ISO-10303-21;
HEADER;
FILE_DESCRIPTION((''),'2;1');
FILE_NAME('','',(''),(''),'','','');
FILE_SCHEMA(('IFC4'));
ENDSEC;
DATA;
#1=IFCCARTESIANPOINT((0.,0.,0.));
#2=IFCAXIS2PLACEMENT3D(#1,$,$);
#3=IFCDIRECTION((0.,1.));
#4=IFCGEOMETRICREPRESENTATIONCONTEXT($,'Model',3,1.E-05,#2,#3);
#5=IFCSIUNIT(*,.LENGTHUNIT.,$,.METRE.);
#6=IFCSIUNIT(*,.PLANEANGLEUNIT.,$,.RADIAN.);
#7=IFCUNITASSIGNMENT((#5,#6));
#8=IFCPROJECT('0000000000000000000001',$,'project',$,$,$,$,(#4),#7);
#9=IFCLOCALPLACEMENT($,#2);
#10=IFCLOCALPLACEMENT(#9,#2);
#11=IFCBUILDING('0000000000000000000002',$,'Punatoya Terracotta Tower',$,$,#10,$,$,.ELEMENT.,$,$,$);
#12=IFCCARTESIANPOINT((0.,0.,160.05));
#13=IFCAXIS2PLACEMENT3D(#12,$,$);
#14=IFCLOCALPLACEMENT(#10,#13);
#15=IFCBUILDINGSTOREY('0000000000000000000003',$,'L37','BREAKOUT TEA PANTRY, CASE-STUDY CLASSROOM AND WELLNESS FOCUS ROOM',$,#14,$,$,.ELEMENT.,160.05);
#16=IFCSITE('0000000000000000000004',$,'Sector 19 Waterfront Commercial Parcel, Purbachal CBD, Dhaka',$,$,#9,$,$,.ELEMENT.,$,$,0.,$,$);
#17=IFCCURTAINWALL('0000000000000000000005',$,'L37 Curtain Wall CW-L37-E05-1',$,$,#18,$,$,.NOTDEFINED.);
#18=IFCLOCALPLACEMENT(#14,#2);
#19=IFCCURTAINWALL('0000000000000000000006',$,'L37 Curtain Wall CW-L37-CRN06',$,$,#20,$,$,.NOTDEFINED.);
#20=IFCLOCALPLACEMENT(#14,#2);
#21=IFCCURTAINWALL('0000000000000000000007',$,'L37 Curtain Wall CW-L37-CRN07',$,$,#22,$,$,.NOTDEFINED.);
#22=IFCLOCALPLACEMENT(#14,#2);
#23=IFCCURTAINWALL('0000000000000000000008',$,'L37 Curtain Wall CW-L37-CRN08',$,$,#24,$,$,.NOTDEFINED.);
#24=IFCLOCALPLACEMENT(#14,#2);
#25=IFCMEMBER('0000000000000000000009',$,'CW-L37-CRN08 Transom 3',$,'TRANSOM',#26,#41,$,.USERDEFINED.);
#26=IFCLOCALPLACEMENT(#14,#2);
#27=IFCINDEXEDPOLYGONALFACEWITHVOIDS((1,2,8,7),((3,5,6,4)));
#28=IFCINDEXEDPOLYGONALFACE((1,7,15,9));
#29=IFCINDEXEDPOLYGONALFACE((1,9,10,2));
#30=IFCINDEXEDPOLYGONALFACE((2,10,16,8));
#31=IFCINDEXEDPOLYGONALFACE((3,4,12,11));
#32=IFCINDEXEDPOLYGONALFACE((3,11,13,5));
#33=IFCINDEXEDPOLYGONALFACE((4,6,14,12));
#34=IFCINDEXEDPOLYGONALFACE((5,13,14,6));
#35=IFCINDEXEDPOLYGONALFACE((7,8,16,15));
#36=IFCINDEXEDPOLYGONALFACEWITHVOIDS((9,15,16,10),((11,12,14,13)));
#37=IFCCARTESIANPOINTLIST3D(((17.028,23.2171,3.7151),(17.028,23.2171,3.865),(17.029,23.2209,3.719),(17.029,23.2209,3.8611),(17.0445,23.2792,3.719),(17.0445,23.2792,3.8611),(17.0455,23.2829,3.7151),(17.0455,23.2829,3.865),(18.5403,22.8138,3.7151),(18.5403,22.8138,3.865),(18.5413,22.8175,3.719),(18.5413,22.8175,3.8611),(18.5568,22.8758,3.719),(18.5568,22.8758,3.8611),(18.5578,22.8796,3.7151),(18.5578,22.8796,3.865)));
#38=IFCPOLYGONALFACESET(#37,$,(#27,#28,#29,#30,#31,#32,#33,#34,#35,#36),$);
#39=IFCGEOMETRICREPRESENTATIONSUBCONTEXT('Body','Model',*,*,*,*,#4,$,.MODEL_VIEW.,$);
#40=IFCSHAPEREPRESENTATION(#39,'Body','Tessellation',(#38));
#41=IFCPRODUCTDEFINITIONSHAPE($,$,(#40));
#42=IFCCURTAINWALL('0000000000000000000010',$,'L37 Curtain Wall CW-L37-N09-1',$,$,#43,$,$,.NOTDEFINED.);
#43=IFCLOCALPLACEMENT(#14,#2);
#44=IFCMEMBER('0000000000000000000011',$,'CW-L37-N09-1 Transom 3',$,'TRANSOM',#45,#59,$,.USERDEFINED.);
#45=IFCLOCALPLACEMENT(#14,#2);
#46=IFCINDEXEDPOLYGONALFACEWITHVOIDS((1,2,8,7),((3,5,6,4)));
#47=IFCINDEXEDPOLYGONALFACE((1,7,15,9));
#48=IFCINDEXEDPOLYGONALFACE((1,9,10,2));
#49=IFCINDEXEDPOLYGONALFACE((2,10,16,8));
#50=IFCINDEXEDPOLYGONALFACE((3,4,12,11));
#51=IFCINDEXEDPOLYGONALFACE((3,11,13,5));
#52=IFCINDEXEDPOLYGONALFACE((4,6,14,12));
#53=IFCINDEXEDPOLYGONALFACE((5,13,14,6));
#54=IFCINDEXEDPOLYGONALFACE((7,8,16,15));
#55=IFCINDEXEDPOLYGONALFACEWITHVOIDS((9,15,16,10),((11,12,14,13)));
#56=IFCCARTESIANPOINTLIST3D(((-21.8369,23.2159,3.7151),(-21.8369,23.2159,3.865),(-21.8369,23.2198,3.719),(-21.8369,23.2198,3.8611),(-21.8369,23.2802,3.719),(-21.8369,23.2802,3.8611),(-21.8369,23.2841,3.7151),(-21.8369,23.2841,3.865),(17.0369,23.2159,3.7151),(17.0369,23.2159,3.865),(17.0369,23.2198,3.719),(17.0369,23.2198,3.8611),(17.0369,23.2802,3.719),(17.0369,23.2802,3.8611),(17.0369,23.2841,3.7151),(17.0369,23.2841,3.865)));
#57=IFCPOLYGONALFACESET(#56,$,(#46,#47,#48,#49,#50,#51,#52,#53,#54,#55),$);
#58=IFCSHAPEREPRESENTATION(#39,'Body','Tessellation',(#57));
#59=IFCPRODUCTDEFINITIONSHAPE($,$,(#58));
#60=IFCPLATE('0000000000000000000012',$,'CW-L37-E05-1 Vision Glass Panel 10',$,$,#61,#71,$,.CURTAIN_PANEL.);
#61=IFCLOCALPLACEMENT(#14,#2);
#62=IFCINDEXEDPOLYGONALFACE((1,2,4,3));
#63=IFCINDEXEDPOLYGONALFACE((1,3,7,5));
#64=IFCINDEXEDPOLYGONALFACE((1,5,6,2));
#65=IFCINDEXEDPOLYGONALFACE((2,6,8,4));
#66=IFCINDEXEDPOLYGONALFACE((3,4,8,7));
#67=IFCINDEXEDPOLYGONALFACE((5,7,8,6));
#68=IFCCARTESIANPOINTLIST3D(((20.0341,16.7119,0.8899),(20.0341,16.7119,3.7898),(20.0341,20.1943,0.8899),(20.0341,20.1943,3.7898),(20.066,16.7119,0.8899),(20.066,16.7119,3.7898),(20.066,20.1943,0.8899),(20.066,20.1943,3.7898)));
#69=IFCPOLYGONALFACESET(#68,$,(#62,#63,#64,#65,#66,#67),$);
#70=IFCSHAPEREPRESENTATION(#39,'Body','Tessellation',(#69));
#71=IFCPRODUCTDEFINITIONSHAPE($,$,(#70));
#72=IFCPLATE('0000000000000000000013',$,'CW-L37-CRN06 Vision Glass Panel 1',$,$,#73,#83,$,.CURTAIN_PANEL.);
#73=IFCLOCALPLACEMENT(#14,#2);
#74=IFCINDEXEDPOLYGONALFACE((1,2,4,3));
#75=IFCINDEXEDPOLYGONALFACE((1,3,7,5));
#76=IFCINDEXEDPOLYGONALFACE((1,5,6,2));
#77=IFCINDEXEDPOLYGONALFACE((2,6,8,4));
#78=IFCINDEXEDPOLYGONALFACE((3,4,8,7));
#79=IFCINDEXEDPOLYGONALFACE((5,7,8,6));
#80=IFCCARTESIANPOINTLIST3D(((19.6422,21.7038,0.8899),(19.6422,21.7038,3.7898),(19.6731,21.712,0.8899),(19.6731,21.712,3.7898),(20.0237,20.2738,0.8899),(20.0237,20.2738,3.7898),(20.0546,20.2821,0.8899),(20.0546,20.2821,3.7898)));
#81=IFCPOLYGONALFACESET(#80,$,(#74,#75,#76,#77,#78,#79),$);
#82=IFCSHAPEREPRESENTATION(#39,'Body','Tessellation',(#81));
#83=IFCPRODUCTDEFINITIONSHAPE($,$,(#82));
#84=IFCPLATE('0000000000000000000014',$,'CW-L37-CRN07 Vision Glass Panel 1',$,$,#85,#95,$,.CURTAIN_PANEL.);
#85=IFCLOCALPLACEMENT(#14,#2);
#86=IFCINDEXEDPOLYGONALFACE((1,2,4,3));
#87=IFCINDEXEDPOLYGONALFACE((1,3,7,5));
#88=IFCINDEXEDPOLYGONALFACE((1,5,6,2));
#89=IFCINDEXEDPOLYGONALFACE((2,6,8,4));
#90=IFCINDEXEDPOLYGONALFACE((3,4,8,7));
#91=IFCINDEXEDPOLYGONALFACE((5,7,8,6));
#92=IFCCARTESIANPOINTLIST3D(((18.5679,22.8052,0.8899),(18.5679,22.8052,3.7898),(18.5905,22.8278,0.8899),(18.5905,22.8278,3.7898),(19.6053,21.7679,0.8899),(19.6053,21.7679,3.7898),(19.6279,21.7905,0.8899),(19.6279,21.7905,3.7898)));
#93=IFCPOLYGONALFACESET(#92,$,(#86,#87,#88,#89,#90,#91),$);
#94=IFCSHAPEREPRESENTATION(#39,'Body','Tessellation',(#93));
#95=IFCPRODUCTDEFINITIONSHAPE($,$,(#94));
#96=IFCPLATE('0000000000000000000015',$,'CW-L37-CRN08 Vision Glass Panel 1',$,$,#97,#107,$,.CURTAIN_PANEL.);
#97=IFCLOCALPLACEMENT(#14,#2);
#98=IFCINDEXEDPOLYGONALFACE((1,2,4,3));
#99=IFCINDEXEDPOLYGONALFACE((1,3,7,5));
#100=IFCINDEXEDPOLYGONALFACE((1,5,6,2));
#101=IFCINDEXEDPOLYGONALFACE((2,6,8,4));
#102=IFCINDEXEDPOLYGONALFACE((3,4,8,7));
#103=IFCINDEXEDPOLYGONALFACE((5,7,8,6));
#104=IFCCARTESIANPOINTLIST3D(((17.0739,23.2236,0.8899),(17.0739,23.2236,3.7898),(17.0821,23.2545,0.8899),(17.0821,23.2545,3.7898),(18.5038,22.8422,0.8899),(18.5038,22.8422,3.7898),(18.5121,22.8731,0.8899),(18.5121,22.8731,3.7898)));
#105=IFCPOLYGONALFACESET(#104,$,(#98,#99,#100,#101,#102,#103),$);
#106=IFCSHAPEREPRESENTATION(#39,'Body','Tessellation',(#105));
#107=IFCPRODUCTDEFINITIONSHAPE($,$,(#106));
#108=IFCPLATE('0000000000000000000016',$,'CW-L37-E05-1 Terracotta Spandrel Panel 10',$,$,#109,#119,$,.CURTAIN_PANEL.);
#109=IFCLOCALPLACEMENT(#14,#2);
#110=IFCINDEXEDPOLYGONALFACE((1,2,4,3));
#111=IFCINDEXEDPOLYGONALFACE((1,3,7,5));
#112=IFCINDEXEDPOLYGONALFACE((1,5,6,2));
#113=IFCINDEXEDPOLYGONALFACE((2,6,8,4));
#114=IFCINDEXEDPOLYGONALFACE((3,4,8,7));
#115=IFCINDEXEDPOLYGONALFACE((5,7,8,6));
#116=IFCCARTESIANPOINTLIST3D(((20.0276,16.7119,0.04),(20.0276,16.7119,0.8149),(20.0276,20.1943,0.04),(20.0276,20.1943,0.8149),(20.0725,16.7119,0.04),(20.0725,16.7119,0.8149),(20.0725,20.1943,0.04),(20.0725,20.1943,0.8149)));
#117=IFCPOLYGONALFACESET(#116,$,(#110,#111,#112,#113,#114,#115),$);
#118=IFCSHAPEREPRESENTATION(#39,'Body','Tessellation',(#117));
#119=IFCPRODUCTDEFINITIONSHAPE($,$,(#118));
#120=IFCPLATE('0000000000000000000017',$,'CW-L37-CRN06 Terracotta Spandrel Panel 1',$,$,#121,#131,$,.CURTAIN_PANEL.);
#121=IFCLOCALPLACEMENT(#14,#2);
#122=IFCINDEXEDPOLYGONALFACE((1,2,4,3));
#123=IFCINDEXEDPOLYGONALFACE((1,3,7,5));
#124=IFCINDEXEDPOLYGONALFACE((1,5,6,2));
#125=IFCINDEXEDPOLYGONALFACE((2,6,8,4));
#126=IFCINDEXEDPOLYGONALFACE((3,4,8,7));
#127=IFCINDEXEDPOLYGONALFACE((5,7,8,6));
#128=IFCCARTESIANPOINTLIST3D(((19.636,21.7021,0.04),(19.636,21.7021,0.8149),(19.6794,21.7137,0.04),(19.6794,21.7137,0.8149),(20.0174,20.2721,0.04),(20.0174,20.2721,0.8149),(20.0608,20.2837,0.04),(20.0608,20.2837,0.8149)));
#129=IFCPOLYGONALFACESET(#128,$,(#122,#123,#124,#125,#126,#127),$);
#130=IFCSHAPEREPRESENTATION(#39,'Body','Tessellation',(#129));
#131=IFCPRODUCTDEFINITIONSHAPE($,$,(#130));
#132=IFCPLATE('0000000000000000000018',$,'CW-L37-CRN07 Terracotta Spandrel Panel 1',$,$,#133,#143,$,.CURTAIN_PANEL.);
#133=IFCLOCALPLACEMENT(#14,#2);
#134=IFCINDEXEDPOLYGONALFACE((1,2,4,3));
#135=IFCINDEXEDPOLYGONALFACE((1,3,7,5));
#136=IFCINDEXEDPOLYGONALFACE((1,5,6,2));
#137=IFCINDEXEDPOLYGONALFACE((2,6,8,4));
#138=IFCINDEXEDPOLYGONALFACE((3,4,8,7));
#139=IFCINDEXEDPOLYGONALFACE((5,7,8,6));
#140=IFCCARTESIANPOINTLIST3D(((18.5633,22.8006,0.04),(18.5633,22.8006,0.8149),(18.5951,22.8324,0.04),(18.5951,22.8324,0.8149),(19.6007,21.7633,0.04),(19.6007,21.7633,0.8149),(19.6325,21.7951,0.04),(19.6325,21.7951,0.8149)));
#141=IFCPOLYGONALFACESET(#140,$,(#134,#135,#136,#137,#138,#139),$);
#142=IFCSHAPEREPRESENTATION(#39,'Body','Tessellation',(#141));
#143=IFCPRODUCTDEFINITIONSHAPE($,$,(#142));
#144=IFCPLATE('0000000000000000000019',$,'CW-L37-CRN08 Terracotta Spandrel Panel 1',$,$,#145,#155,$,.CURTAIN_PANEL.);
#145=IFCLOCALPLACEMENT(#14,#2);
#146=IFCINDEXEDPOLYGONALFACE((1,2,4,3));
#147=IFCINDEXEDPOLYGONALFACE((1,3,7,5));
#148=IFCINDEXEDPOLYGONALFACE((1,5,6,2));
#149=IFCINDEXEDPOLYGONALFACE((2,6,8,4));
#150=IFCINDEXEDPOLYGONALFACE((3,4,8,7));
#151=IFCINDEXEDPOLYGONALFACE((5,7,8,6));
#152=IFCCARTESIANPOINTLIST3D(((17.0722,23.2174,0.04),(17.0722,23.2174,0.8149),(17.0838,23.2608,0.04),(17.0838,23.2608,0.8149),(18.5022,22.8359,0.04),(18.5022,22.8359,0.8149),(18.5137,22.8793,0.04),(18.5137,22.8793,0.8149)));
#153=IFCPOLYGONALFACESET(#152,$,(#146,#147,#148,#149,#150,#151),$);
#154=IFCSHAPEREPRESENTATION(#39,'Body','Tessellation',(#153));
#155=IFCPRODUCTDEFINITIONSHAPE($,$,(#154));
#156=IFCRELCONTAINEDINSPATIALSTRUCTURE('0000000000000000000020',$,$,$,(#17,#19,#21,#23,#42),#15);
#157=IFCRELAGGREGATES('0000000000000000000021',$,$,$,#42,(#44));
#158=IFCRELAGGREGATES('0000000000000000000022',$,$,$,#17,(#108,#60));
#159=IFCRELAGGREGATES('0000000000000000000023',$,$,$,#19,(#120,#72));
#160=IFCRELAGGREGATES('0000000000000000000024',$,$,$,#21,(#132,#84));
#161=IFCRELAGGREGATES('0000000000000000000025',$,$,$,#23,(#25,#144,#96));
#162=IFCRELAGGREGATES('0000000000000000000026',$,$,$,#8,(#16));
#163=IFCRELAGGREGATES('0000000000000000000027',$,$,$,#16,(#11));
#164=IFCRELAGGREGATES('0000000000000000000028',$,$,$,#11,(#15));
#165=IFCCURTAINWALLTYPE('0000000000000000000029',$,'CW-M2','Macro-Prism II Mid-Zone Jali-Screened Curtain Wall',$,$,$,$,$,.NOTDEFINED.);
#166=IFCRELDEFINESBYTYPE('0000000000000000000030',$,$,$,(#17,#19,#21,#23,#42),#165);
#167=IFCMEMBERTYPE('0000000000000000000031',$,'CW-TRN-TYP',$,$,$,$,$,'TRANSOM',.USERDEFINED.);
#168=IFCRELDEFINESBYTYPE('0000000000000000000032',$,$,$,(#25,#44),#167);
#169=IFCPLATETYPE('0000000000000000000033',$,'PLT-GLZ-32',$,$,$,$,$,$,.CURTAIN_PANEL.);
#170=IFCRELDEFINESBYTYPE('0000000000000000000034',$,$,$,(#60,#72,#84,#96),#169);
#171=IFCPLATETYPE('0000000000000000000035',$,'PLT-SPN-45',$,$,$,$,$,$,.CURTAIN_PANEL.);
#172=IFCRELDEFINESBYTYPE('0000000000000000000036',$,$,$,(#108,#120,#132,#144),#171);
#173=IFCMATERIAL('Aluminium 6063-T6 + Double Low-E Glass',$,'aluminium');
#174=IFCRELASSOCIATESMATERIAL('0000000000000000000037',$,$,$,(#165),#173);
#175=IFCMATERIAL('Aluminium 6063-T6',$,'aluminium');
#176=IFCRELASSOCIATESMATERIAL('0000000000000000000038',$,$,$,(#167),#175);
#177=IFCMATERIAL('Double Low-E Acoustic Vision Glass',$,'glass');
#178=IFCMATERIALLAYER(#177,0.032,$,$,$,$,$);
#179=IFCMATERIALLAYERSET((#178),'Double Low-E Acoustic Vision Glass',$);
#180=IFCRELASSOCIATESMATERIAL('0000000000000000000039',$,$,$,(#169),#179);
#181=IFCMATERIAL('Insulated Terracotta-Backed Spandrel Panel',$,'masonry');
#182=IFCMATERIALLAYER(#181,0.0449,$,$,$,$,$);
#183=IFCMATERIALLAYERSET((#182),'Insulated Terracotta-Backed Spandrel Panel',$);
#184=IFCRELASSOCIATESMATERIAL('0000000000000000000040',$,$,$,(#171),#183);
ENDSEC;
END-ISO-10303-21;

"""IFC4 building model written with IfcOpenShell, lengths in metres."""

from ifc_helpers import new_model, si_unit, direction, frame, origin, origin_2d, place, context, subcontext, project, spatial, rectangle, hollow_rectangle, extrude, material, layer, layer_set, material_profile, profile_set, type_object, element, aggregate, save


model = new_model("IFC4")

# Units and contexts
model_context = context("Model", 3, precision=1e-05, world=origin(), true_north=direction((0.0, 1.0)))
body_context = subcontext(model_context, "Body", "Model", "MODEL_VIEW")
ifc_project = project(units=[si_unit("LENGTHUNIT", "METRE"), si_unit("PLANEANGLEUNIT", "RADIAN")], contexts=[model_context])

# Site, building, storey
site_placement = place(None, origin())
site = spatial("IfcSite", under=ifc_project, at=site_placement, Name="Sector 19 Waterfront Commercial Parcel, Purbachal CBD, Dhaka", CompositionType="ELEMENT", RefElevation=0.0)
building_placement = place(site_placement, origin())
building = spatial("IfcBuilding", under=site, at=building_placement, Name="Punatoya Terracotta Tower", CompositionType="ELEMENT")
storey_placement = place(building_placement, frame((0.0, 0.0, 160.05)))
storey = spatial("IfcBuildingStorey", under=building, at=storey_placement, Name="L37", Description="BREAKOUT TEA PANTRY, CASE-STUDY CLASSROOM AND WELLNESS FOCUS ROOM", CompositionType="ELEMENT", Elevation=160.05)

# Curtain wall
ifc_material_1 = material(Name="Aluminium 6063-T6 + Double Low-E Glass", Category="aluminium")
curtain_wall_type = type_object("IfcCurtainWallType", Name="CW-M2", Description="Macro-Prism II Mid-Zone Jali-Screened Curtain Wall", PredefinedType="NOTDEFINED", material=ifc_material_1)
curtain_wall_1_placement = place(storey_placement, origin())
curtain_wall_1 = element("IfcCurtainWall", 1, at=curtain_wall_1_placement, inside=storey, type_object=curtain_wall_type, Name="L37 Curtain Wall CW-L37-E05-1", PredefinedType="NOTDEFINED")
ifc_material_2 = material(Name="Aluminium 6063-T6", Category="aluminium")

# Curtain walls
curtain_wall_2_placement = place(storey_placement, origin())
curtain_wall_2 = element("IfcCurtainWall", 2, at=curtain_wall_2_placement, inside=storey, type_object=curtain_wall_type, Name="L37 Curtain Wall CW-L37-CRN06", PredefinedType="NOTDEFINED")
curtain_wall_3_placement = place(storey_placement, origin())
curtain_wall_3 = element("IfcCurtainWall", 3, at=curtain_wall_3_placement, inside=storey, type_object=curtain_wall_type, Name="L37 Curtain Wall CW-L37-CRN07", PredefinedType="NOTDEFINED")
curtain_wall_4_placement = place(storey_placement, origin())
curtain_wall_4 = element("IfcCurtainWall", 4, at=curtain_wall_4_placement, inside=storey, type_object=curtain_wall_type, Name="L37 Curtain Wall CW-L37-CRN08", PredefinedType="NOTDEFINED")

# Member
ifc_material_profile_1 = material_profile(ifc_material_2, hollow_rectangle(XDim=0.0681, YDim=0.1499, WallThickness=0.0039, at=origin_2d()))
ifc_profile_set_1 = profile_set([ifc_material_profile_1], Name="Aluminium 6063-T6")
member_type_1 = type_object("IfcMemberType", Name="CW-TRN-TYP", ElementType="TRANSOM", PredefinedType="USERDEFINED", material=ifc_profile_set_1)
member_1_placement = place(storey_placement, frame((18.5491, 22.8467, 3.79), z_axis=(-0.966225, 0.257701, 0.0), x_axis=(-0.257701, -0.966225, 0.0)))
member_1 = element("IfcMember", 5, at=member_1_placement, type_object=member_type_1, Name="CW-L37-CRN08 Transom 3", ObjectType="TRANSOM", PredefinedType="USERDEFINED", context=body_context, shape_type="SweptSolid", body=[
    extrude(hollow_rectangle(XDim=0.0681, YDim=0.1499, WallThickness=0.0039, at=origin_2d()), origin(), (0.0, 0.0, 1.0), 1.5652),
])

# Curtain wall, member
curtain_wall_5_placement = place(storey_placement, origin())
curtain_wall_5 = element("IfcCurtainWall", 6, at=curtain_wall_5_placement, inside=storey, type_object=curtain_wall_type, Name="L37 Curtain Wall CW-L37-N09-1", PredefinedType="NOTDEFINED")
member_2_placement = place(storey_placement, frame((17.0369, 23.25, 3.79), z_axis=(-1.0, 0.0, 0.0), x_axis=(0.0, -1.0, 0.0)))
member_2 = element("IfcMember", 7, at=member_2_placement, type_object=member_type_1, Name="CW-L37-N09-1 Transom 3", ObjectType="TRANSOM", PredefinedType="USERDEFINED", context=body_context, shape_type="SweptSolid", body=[
    extrude(hollow_rectangle(XDim=0.0681, YDim=0.1499, WallThickness=0.0039, at=origin_2d()), origin(), (0.0, 0.0, 1.0), 38.8738),
])
aggregate(curtain_wall_5, [member_2])

# Plates
ifc_material_3 = material(Name="Double Low-E Acoustic Vision Glass", Category="glass")
ifc_layer_1 = layer(ifc_material_3, 0.032)
ifc_layer_set_1 = layer_set([ifc_layer_1], Name="Double Low-E Acoustic Vision Glass")
plate_type_1 = type_object("IfcPlateType", Name="PLT-GLZ-32", PredefinedType="CURTAIN_PANEL", material=ifc_layer_set_1)
plate_1_placement = place(storey_placement, frame((20.05, 18.4531, 0.8899), z_axis=(0.0, 0.0, 1.0), x_axis=(0.0, 1.0, 0.0)))
plate_1 = element("IfcPlate", 8, at=plate_1_placement, type_object=plate_type_1, Name="CW-L37-E05-1 Vision Glass Panel 10", PredefinedType="CURTAIN_PANEL", context=body_context, shape_type="SweptSolid", body=[
    extrude(rectangle(XDim=3.4824, YDim=0.032, at=origin_2d()), origin(), (0.0, 0.0, 1.0), 2.8999),
])
plate_2_placement = place(storey_placement, frame((19.8484, 20.9929, 0.8899), z_axis=(0.0, 0.0, 1.0), x_axis=(-0.257742, 0.966214, 0.0)))
plate_2 = element("IfcPlate", 9, at=plate_2_placement, type_object=plate_type_1, Name="CW-L37-CRN06 Vision Glass Panel 1", PredefinedType="CURTAIN_PANEL", context=body_context, shape_type="SweptSolid", body=[
    extrude(rectangle(XDim=1.48, YDim=0.032, at=origin_2d()), origin(), (0.0, 0.0, 1.0), 2.8999),
])
plate_3_placement = place(storey_placement, frame((19.0979, 22.2979, 0.8899), z_axis=(0.0, 0.0, 1.0), x_axis=(-0.707107, 0.707107, 0.0)))
plate_3 = element("IfcPlate", 10, at=plate_3_placement, type_object=plate_type_1, Name="CW-L37-CRN07 Vision Glass Panel 1", PredefinedType="CURTAIN_PANEL", context=body_context, shape_type="SweptSolid", body=[
    extrude(rectangle(XDim=1.467, YDim=0.032, at=origin_2d()), origin(), (0.0, 0.0, 1.0), 2.8999),
])
plate_4_placement = place(storey_placement, frame((17.793, 23.0483, 0.8899), z_axis=(0.0, 0.0, 1.0), x_axis=(-0.966214, 0.257742, 0.0)))
plate_4 = element("IfcPlate", 11, at=plate_4_placement, type_object=plate_type_1, Name="CW-L37-CRN08 Vision Glass Panel 1", PredefinedType="CURTAIN_PANEL", context=body_context, shape_type="SweptSolid", body=[
    extrude(rectangle(XDim=1.48, YDim=0.032, at=origin_2d()), origin(), (0.0, 0.0, 1.0), 2.8999),
])
ifc_material_4 = material(Name="Insulated Terracotta-Backed Spandrel Panel", Category="masonry")
ifc_layer_2 = layer(ifc_material_4, 0.0449)
ifc_layer_set_2 = layer_set([ifc_layer_2], Name="Insulated Terracotta-Backed Spandrel Panel")
plate_type_2 = type_object("IfcPlateType", Name="PLT-SPN-45", PredefinedType="CURTAIN_PANEL", material=ifc_layer_set_2)
plate_5_placement = place(storey_placement, frame((20.05, 18.4531, 0.04), z_axis=(0.0, 0.0, 1.0), x_axis=(0.0, 1.0, 0.0)))
plate_5 = element("IfcPlate", 12, at=plate_5_placement, type_object=plate_type_2, Name="CW-L37-E05-1 Terracotta Spandrel Panel 10", PredefinedType="CURTAIN_PANEL", context=body_context, shape_type="SweptSolid", body=[
    extrude(rectangle(XDim=3.4824, YDim=0.0449, at=origin_2d()), origin(), (0.0, 0.0, 1.0), 0.7749),
])
aggregate(curtain_wall_1, [plate_5, plate_1])
plate_6_placement = place(storey_placement, frame((19.8484, 20.9929, 0.04), z_axis=(0.0, 0.0, 1.0), x_axis=(-0.257742, 0.966214, 0.0)))
plate_6 = element("IfcPlate", 13, at=plate_6_placement, type_object=plate_type_2, Name="CW-L37-CRN06 Terracotta Spandrel Panel 1", PredefinedType="CURTAIN_PANEL", context=body_context, shape_type="SweptSolid", body=[
    extrude(rectangle(XDim=1.48, YDim=0.0449, at=origin_2d()), origin(), (0.0, 0.0, 1.0), 0.7749),
])
aggregate(curtain_wall_2, [plate_6, plate_2])
plate_7_placement = place(storey_placement, frame((19.0979, 22.2979, 0.04), z_axis=(0.0, 0.0, 1.0), x_axis=(-0.707107, 0.707107, 0.0)))
plate_7 = element("IfcPlate", 14, at=plate_7_placement, type_object=plate_type_2, Name="CW-L37-CRN07 Terracotta Spandrel Panel 1", PredefinedType="CURTAIN_PANEL", context=body_context, shape_type="SweptSolid", body=[
    extrude(rectangle(XDim=1.467, YDim=0.0449, at=origin_2d()), origin(), (0.0, 0.0, 1.0), 0.7749),
])
aggregate(curtain_wall_3, [plate_7, plate_3])
plate_8_placement = place(storey_placement, frame((17.793, 23.0483, 0.04), z_axis=(0.0, 0.0, 1.0), x_axis=(-0.966214, 0.257742, 0.0)))
plate_8 = element("IfcPlate", 15, at=plate_8_placement, type_object=plate_type_2, Name="CW-L37-CRN08 Terracotta Spandrel Panel 1", PredefinedType="CURTAIN_PANEL", context=body_context, shape_type="SweptSolid", body=[
    extrude(rectangle(XDim=1.48, YDim=0.0449, at=origin_2d()), origin(), (0.0, 0.0, 1.0), 0.7749),
])
aggregate(curtain_wall_4, [member_1, plate_8, plate_4])

save(model, "model.ifc")
